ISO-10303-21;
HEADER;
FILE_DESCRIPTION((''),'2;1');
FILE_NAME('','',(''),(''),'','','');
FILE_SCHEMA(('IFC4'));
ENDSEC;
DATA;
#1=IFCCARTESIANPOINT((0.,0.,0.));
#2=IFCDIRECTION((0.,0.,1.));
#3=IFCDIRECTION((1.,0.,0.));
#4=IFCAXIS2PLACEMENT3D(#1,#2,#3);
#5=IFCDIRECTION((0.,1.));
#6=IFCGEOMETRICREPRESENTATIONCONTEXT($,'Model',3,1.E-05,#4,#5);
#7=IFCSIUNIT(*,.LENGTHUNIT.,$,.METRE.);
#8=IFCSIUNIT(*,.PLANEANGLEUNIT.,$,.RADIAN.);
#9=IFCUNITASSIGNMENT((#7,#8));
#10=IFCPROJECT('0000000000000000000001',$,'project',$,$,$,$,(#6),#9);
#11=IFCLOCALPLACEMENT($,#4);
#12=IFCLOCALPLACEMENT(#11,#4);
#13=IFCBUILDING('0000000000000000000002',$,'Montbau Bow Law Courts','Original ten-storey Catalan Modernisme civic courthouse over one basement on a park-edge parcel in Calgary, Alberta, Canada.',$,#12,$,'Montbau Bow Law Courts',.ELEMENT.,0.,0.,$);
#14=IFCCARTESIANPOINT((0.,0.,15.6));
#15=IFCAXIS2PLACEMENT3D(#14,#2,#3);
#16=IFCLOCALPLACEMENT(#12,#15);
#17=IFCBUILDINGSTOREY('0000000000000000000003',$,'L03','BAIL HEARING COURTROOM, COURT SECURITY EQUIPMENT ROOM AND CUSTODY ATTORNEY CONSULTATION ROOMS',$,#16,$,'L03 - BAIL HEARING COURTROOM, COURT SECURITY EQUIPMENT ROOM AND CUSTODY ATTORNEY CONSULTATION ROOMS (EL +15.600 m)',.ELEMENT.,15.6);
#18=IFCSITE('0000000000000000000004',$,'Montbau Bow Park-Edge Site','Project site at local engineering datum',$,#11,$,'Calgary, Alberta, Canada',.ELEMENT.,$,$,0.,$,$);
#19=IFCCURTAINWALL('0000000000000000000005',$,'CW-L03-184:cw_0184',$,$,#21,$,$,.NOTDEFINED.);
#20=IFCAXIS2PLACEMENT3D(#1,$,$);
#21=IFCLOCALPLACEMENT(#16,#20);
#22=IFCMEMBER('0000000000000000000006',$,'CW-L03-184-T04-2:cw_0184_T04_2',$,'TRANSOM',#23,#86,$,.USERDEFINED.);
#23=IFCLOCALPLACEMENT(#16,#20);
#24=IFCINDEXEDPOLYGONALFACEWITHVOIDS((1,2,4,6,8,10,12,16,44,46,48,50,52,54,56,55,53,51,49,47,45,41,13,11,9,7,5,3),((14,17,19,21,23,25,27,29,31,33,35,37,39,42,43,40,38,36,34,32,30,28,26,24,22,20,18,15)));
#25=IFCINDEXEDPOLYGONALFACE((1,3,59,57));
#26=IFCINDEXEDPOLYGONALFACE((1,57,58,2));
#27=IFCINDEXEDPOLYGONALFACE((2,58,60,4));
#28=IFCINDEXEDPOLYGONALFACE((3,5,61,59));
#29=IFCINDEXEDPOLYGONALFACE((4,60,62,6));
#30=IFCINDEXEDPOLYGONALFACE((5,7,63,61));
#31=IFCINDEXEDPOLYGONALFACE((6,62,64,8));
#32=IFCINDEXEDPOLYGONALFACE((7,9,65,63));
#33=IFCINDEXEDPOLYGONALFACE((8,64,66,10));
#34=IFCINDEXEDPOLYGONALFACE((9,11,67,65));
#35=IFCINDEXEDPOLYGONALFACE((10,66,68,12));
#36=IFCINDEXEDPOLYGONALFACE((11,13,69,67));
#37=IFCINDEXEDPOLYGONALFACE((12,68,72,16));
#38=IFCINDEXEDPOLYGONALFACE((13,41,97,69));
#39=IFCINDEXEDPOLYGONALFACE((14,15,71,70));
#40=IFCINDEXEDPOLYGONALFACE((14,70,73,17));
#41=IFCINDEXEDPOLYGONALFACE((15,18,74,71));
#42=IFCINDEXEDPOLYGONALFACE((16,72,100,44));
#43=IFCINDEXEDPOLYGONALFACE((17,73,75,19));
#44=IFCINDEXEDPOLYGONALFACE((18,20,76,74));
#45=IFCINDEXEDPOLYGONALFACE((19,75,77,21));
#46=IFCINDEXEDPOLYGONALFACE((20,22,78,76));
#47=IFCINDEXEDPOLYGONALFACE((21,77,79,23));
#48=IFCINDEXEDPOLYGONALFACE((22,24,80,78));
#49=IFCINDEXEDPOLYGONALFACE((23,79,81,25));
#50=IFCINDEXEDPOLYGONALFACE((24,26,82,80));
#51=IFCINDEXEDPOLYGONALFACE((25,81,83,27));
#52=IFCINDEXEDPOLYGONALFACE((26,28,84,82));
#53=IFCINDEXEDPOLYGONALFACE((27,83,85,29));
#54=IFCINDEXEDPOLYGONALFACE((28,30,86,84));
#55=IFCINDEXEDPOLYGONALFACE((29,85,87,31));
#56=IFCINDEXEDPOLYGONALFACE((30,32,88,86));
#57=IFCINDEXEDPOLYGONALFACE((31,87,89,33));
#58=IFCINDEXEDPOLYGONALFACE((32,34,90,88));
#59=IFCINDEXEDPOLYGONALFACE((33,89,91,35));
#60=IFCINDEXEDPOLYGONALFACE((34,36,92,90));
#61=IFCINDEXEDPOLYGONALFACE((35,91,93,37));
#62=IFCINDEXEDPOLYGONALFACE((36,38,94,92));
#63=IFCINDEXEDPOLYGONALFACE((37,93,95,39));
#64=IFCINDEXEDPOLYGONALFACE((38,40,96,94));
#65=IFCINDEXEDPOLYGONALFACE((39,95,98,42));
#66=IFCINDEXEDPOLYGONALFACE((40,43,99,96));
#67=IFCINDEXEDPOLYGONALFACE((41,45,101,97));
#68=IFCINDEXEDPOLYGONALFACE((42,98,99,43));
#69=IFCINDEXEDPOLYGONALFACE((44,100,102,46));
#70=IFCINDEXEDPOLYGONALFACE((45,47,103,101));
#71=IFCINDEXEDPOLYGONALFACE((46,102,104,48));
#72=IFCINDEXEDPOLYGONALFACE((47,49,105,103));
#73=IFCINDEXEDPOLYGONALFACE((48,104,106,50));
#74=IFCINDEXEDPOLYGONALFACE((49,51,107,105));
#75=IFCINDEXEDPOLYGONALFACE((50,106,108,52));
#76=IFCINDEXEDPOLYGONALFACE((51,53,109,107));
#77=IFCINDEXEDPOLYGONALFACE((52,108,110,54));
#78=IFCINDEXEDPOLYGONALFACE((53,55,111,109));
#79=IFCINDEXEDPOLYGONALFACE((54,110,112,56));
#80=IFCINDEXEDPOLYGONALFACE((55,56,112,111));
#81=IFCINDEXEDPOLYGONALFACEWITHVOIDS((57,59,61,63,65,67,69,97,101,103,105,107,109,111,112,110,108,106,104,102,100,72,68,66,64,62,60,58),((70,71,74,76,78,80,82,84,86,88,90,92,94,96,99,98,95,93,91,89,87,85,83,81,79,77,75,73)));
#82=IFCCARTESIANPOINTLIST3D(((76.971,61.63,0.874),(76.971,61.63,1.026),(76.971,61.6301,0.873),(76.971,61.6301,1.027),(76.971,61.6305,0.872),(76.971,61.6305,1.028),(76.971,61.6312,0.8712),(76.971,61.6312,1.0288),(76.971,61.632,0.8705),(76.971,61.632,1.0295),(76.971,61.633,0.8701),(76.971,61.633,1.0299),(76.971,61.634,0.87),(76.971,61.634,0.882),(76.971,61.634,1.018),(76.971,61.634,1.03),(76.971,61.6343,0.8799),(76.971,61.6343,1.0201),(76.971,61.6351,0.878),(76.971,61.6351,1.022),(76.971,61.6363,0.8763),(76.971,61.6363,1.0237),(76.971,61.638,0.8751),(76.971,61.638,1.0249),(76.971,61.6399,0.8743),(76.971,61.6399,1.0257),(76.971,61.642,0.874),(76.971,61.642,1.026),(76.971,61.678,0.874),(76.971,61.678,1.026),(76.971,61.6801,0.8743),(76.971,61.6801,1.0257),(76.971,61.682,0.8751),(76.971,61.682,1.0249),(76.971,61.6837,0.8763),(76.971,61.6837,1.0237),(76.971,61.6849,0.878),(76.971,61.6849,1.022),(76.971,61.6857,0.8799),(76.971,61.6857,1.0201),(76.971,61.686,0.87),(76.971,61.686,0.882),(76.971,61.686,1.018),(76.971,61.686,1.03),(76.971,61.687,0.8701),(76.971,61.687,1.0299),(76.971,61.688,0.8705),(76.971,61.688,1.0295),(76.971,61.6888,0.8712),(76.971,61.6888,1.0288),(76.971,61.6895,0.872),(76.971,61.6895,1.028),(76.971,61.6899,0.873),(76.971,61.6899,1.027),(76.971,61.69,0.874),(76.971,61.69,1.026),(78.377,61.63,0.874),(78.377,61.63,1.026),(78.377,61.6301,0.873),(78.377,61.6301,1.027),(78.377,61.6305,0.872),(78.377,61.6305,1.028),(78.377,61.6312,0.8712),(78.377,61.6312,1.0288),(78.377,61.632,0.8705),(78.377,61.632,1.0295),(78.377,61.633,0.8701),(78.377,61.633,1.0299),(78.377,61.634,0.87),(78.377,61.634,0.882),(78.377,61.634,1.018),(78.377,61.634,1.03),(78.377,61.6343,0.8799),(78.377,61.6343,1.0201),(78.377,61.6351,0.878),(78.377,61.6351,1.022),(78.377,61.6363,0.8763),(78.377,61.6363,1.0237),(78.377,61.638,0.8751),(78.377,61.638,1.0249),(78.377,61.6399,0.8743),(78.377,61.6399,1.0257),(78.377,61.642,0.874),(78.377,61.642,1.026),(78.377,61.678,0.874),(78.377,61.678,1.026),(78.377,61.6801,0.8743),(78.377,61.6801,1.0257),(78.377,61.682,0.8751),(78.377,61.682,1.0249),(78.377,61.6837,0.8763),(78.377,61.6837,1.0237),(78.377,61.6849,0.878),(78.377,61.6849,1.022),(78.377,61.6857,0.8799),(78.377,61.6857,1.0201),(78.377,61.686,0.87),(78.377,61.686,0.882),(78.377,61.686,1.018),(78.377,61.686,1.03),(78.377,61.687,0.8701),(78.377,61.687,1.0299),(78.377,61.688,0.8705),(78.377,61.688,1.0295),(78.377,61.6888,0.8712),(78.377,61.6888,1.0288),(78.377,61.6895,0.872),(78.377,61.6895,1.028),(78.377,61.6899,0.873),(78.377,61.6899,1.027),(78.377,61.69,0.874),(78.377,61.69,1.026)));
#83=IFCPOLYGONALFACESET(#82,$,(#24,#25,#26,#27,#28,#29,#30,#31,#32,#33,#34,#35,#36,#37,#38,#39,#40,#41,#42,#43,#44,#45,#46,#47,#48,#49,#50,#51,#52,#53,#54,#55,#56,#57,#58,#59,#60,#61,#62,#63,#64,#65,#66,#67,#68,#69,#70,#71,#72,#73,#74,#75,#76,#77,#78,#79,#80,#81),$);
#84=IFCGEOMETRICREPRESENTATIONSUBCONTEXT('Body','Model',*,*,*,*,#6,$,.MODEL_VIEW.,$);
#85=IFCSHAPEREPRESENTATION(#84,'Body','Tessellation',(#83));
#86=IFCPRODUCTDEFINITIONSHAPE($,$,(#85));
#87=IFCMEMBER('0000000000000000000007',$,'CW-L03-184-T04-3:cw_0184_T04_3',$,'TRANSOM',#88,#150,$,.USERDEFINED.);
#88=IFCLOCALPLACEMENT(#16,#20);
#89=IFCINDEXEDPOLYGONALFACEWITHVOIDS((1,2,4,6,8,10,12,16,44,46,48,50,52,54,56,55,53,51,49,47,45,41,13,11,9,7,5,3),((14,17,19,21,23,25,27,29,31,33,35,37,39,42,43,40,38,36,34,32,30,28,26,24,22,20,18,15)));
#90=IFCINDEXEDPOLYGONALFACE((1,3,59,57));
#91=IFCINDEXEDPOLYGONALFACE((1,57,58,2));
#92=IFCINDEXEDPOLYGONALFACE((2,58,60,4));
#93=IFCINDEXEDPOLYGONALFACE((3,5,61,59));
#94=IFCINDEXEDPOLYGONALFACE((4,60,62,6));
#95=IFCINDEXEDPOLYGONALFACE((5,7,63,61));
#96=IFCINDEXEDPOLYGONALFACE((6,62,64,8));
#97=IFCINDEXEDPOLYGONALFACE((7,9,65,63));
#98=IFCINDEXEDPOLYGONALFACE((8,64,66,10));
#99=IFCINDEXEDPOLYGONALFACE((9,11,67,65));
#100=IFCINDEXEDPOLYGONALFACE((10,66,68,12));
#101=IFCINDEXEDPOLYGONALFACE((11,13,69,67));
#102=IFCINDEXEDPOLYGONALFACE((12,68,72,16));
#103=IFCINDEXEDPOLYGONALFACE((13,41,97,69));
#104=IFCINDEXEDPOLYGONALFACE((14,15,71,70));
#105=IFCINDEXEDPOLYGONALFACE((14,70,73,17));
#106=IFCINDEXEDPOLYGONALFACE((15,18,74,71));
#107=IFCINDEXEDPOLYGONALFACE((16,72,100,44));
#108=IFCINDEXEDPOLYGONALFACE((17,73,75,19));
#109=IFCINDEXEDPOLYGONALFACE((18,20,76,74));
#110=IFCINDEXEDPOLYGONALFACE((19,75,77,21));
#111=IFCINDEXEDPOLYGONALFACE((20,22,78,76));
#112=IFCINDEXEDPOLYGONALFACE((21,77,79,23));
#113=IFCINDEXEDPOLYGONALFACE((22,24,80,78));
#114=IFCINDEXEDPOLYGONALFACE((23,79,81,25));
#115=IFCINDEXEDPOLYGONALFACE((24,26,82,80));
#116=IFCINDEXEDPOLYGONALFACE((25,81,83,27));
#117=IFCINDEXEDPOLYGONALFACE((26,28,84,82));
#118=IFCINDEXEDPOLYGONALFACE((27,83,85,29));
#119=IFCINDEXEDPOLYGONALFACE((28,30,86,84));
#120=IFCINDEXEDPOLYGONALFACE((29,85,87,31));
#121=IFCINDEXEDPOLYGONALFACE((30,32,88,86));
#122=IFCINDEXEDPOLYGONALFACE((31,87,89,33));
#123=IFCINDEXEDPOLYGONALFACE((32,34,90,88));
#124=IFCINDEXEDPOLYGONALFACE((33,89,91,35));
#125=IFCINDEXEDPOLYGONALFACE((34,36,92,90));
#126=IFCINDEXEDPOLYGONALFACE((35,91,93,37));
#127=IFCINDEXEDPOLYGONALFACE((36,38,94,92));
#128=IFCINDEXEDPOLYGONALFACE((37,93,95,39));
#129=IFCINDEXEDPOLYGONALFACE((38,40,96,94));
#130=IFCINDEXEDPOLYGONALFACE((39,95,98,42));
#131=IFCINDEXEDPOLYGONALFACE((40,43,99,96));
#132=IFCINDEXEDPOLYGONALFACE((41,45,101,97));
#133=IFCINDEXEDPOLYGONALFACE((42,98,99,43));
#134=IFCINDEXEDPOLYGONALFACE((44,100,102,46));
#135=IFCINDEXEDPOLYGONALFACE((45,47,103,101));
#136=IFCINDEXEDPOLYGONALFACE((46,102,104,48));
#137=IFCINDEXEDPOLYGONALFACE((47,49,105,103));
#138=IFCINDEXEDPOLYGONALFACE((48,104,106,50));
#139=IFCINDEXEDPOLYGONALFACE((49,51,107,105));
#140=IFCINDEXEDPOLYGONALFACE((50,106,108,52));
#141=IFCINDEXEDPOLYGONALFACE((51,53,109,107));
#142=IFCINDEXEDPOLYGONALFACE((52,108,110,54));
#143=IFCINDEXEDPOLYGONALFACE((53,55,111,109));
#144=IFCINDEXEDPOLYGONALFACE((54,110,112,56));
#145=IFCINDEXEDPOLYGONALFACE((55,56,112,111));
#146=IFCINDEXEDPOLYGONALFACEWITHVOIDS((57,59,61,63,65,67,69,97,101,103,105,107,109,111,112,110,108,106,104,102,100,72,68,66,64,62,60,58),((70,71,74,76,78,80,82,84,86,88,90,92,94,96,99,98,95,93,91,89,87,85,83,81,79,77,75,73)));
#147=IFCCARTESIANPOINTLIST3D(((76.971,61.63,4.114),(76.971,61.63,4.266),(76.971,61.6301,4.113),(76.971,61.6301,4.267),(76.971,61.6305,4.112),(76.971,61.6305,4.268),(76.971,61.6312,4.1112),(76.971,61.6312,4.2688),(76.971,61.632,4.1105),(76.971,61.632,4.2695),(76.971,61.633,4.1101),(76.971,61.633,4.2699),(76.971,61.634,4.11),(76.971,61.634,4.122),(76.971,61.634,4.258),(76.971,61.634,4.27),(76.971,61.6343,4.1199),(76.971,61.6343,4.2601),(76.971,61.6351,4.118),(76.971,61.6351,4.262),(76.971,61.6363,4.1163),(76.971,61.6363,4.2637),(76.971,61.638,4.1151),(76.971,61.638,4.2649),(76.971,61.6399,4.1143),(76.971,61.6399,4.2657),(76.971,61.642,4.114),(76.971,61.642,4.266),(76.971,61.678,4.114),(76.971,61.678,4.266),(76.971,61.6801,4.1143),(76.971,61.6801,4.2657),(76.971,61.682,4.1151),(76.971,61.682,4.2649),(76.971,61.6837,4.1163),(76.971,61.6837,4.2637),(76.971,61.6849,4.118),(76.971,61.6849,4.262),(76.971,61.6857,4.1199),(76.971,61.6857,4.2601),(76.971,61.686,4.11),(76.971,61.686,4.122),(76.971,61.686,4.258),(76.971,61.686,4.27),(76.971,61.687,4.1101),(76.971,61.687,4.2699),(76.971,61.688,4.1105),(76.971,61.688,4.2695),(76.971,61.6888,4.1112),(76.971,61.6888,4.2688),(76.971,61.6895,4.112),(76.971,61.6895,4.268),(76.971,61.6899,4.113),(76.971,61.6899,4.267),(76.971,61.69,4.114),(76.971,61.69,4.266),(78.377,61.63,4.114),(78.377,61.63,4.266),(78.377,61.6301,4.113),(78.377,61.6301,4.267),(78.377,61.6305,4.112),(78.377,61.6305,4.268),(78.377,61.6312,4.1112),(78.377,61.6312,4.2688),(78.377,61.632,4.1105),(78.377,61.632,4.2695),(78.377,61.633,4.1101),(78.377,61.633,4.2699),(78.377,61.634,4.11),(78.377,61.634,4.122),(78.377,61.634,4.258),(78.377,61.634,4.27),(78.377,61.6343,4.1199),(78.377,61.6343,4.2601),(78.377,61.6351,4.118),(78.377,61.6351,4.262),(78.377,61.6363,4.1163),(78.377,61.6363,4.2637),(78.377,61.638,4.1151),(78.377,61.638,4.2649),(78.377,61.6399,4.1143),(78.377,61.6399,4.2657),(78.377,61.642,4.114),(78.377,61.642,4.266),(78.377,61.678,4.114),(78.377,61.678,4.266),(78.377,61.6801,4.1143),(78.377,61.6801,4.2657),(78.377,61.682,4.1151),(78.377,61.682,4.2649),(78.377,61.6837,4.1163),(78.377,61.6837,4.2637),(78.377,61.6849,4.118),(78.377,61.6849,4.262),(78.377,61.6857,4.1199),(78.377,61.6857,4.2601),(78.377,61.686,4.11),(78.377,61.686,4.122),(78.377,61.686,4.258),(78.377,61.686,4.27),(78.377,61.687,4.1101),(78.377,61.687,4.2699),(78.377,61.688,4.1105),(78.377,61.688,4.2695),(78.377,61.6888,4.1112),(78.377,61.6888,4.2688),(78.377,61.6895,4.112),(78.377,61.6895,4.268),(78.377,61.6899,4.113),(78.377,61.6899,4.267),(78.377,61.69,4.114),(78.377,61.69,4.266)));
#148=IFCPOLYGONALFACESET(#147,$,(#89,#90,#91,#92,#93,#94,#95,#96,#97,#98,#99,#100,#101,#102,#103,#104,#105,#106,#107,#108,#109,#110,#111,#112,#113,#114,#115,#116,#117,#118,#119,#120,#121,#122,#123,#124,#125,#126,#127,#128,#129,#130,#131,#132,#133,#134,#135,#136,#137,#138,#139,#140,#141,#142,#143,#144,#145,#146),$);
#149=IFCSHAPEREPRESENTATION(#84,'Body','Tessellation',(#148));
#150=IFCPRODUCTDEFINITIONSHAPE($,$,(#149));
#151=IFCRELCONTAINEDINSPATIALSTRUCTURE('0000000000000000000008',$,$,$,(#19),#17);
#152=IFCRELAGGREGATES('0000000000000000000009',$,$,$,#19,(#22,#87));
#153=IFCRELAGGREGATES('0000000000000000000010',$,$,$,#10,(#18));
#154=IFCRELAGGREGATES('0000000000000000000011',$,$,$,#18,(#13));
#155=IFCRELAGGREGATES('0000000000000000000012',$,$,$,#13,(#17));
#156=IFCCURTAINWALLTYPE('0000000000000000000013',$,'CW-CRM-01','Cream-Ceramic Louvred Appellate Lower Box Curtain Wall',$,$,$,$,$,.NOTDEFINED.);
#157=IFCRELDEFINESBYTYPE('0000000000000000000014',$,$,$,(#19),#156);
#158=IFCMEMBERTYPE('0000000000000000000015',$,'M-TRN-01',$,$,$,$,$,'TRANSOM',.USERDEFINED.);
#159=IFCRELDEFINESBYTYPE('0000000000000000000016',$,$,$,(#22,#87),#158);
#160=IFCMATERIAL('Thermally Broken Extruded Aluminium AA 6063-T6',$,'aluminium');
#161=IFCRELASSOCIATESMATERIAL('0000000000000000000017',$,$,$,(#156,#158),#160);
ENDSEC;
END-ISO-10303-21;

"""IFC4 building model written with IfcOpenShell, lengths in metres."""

from ifc_helpers import new_model, si_unit, direction, frame, origin_with_axes, origin_2d_with_axis, place, context, subcontext, project, spatial, hollow_rectangle, extrude, material, material_profile, profile_set, type_object, element, aggregate, save


model = new_model("IFC4")

# Units and contexts
model_context = context("Model", 3, precision=1e-05, world=origin_with_axes(), true_north=direction((0.0, 1.0)))
body_context = subcontext(model_context, "Body", "Model", "MODEL_VIEW")
ifc_project = project(units=[si_unit("LENGTHUNIT", "METRE"), si_unit("PLANEANGLEUNIT", "RADIAN")], contexts=[model_context])

# Site, building, storey
site_placement = place(None, origin_with_axes())
site = spatial("IfcSite", under=ifc_project, at=site_placement, Name="Montbau Bow Park-Edge Site", Description="Project site at local engineering datum", LongName="Calgary, Alberta, Canada", CompositionType="ELEMENT", RefElevation=0.0)
building_placement = place(site_placement, origin_with_axes())
building = spatial("IfcBuilding", under=site, at=building_placement, Name="Montbau Bow Law Courts", Description="Original ten-storey Catalan Modernisme civic courthouse over one basement on a park-edge parcel in Calgary, Alberta, Canada.", LongName="Montbau Bow Law Courts", CompositionType="ELEMENT", ElevationOfRefHeight=0.0, ElevationOfTerrain=0.0)
storey_placement = place(building_placement, frame((0.0, 0.0, 15.6), z_axis=(0.0, 0.0, 1.0), x_axis=(1.0, 0.0, 0.0)))
storey = spatial("IfcBuildingStorey", under=building, at=storey_placement, Name="L03", Description="BAIL HEARING COURTROOM, COURT SECURITY EQUIPMENT ROOM AND CUSTODY ATTORNEY CONSULTATION ROOMS", LongName="L03 - BAIL HEARING COURTROOM, COURT SECURITY EQUIPMENT ROOM AND CUSTODY ATTORNEY CONSULTATION ROOMS (EL +15.600 m)", CompositionType="ELEMENT", Elevation=15.6)

# Curtain wall
ifc_material_1 = material(Name="Thermally Broken Extruded Aluminium AA 6063-T6", Category="aluminium")
curtain_wall_type = type_object("IfcCurtainWallType", Name="CW-CRM-01", Description="Cream-Ceramic Louvred Appellate Lower Box Curtain Wall", PredefinedType="NOTDEFINED", material=ifc_material_1)
curtain_wall_1_placement = place(None, frame((72.515, 61.66, 15.6), z_axis=(0.0, 0.0, 1.0), x_axis=(1.0, 0.0, 0.0)))
curtain_wall_1 = element("IfcCurtainWall", 1, at=curtain_wall_1_placement, inside=storey, type_object=curtain_wall_type, Name="CW-L03-184:cw_0184", PredefinedType="NOTDEFINED")

# Members
ifc_material_profile_1 = material_profile(ifc_material_1, hollow_rectangle(XDim=0.06, YDim=0.16, WallThickness=0.004, InnerFilletRadius=0.008, OuterFilletRadius=0.004, at=origin_2d_with_axis()), Name="CWT-160X60", Category="Main", Priority=0)
ifc_profile_set_1 = profile_set([ifc_material_profile_1], Name="Thermally Broken Extruded Aluminium AA 6063-T6")
member_type_1 = type_object("IfcMemberType", Name="M-TRN-01", ElementType="TRANSOM", PredefinedType="USERDEFINED", material=ifc_profile_set_1)
member_1_placement = place(None, frame((76.971, 61.66, 16.55), z_axis=(1.0, 0.0, 0.0), x_axis=(0.0, 1.0, 0.0)))
member_1 = element("IfcMember", 2, at=member_1_placement, type_object=member_type_1, Name="CW-L03-184-T04-2:cw_0184_T04_2", ObjectType="TRANSOM", PredefinedType="USERDEFINED", context=body_context, shape_type="SweptSolid", body=[
    extrude(hollow_rectangle(XDim=0.06, YDim=0.16, WallThickness=0.004, InnerFilletRadius=0.008, OuterFilletRadius=0.004, at=origin_2d_with_axis()), origin_with_axes(), (0.0, 0.0, 1.0), 1.406),
])
member_2_placement = place(None, frame((76.971, 61.66, 19.79), z_axis=(1.0, 0.0, 0.0), x_axis=(0.0, 1.0, 0.0)))
member_2 = element("IfcMember", 3, at=member_2_placement, type_object=member_type_1, Name="CW-L03-184-T04-3:cw_0184_T04_3", ObjectType="TRANSOM", PredefinedType="USERDEFINED", context=body_context, shape_type="SweptSolid", body=[
    extrude(hollow_rectangle(XDim=0.06, YDim=0.16, WallThickness=0.004, InnerFilletRadius=0.008, OuterFilletRadius=0.004, at=origin_2d_with_axis()), origin_with_axes(), (0.0, 0.0, 1.0), 1.406),
])

aggregate(curtain_wall_1, [member_1, member_2])

save(model, "model.ifc")
